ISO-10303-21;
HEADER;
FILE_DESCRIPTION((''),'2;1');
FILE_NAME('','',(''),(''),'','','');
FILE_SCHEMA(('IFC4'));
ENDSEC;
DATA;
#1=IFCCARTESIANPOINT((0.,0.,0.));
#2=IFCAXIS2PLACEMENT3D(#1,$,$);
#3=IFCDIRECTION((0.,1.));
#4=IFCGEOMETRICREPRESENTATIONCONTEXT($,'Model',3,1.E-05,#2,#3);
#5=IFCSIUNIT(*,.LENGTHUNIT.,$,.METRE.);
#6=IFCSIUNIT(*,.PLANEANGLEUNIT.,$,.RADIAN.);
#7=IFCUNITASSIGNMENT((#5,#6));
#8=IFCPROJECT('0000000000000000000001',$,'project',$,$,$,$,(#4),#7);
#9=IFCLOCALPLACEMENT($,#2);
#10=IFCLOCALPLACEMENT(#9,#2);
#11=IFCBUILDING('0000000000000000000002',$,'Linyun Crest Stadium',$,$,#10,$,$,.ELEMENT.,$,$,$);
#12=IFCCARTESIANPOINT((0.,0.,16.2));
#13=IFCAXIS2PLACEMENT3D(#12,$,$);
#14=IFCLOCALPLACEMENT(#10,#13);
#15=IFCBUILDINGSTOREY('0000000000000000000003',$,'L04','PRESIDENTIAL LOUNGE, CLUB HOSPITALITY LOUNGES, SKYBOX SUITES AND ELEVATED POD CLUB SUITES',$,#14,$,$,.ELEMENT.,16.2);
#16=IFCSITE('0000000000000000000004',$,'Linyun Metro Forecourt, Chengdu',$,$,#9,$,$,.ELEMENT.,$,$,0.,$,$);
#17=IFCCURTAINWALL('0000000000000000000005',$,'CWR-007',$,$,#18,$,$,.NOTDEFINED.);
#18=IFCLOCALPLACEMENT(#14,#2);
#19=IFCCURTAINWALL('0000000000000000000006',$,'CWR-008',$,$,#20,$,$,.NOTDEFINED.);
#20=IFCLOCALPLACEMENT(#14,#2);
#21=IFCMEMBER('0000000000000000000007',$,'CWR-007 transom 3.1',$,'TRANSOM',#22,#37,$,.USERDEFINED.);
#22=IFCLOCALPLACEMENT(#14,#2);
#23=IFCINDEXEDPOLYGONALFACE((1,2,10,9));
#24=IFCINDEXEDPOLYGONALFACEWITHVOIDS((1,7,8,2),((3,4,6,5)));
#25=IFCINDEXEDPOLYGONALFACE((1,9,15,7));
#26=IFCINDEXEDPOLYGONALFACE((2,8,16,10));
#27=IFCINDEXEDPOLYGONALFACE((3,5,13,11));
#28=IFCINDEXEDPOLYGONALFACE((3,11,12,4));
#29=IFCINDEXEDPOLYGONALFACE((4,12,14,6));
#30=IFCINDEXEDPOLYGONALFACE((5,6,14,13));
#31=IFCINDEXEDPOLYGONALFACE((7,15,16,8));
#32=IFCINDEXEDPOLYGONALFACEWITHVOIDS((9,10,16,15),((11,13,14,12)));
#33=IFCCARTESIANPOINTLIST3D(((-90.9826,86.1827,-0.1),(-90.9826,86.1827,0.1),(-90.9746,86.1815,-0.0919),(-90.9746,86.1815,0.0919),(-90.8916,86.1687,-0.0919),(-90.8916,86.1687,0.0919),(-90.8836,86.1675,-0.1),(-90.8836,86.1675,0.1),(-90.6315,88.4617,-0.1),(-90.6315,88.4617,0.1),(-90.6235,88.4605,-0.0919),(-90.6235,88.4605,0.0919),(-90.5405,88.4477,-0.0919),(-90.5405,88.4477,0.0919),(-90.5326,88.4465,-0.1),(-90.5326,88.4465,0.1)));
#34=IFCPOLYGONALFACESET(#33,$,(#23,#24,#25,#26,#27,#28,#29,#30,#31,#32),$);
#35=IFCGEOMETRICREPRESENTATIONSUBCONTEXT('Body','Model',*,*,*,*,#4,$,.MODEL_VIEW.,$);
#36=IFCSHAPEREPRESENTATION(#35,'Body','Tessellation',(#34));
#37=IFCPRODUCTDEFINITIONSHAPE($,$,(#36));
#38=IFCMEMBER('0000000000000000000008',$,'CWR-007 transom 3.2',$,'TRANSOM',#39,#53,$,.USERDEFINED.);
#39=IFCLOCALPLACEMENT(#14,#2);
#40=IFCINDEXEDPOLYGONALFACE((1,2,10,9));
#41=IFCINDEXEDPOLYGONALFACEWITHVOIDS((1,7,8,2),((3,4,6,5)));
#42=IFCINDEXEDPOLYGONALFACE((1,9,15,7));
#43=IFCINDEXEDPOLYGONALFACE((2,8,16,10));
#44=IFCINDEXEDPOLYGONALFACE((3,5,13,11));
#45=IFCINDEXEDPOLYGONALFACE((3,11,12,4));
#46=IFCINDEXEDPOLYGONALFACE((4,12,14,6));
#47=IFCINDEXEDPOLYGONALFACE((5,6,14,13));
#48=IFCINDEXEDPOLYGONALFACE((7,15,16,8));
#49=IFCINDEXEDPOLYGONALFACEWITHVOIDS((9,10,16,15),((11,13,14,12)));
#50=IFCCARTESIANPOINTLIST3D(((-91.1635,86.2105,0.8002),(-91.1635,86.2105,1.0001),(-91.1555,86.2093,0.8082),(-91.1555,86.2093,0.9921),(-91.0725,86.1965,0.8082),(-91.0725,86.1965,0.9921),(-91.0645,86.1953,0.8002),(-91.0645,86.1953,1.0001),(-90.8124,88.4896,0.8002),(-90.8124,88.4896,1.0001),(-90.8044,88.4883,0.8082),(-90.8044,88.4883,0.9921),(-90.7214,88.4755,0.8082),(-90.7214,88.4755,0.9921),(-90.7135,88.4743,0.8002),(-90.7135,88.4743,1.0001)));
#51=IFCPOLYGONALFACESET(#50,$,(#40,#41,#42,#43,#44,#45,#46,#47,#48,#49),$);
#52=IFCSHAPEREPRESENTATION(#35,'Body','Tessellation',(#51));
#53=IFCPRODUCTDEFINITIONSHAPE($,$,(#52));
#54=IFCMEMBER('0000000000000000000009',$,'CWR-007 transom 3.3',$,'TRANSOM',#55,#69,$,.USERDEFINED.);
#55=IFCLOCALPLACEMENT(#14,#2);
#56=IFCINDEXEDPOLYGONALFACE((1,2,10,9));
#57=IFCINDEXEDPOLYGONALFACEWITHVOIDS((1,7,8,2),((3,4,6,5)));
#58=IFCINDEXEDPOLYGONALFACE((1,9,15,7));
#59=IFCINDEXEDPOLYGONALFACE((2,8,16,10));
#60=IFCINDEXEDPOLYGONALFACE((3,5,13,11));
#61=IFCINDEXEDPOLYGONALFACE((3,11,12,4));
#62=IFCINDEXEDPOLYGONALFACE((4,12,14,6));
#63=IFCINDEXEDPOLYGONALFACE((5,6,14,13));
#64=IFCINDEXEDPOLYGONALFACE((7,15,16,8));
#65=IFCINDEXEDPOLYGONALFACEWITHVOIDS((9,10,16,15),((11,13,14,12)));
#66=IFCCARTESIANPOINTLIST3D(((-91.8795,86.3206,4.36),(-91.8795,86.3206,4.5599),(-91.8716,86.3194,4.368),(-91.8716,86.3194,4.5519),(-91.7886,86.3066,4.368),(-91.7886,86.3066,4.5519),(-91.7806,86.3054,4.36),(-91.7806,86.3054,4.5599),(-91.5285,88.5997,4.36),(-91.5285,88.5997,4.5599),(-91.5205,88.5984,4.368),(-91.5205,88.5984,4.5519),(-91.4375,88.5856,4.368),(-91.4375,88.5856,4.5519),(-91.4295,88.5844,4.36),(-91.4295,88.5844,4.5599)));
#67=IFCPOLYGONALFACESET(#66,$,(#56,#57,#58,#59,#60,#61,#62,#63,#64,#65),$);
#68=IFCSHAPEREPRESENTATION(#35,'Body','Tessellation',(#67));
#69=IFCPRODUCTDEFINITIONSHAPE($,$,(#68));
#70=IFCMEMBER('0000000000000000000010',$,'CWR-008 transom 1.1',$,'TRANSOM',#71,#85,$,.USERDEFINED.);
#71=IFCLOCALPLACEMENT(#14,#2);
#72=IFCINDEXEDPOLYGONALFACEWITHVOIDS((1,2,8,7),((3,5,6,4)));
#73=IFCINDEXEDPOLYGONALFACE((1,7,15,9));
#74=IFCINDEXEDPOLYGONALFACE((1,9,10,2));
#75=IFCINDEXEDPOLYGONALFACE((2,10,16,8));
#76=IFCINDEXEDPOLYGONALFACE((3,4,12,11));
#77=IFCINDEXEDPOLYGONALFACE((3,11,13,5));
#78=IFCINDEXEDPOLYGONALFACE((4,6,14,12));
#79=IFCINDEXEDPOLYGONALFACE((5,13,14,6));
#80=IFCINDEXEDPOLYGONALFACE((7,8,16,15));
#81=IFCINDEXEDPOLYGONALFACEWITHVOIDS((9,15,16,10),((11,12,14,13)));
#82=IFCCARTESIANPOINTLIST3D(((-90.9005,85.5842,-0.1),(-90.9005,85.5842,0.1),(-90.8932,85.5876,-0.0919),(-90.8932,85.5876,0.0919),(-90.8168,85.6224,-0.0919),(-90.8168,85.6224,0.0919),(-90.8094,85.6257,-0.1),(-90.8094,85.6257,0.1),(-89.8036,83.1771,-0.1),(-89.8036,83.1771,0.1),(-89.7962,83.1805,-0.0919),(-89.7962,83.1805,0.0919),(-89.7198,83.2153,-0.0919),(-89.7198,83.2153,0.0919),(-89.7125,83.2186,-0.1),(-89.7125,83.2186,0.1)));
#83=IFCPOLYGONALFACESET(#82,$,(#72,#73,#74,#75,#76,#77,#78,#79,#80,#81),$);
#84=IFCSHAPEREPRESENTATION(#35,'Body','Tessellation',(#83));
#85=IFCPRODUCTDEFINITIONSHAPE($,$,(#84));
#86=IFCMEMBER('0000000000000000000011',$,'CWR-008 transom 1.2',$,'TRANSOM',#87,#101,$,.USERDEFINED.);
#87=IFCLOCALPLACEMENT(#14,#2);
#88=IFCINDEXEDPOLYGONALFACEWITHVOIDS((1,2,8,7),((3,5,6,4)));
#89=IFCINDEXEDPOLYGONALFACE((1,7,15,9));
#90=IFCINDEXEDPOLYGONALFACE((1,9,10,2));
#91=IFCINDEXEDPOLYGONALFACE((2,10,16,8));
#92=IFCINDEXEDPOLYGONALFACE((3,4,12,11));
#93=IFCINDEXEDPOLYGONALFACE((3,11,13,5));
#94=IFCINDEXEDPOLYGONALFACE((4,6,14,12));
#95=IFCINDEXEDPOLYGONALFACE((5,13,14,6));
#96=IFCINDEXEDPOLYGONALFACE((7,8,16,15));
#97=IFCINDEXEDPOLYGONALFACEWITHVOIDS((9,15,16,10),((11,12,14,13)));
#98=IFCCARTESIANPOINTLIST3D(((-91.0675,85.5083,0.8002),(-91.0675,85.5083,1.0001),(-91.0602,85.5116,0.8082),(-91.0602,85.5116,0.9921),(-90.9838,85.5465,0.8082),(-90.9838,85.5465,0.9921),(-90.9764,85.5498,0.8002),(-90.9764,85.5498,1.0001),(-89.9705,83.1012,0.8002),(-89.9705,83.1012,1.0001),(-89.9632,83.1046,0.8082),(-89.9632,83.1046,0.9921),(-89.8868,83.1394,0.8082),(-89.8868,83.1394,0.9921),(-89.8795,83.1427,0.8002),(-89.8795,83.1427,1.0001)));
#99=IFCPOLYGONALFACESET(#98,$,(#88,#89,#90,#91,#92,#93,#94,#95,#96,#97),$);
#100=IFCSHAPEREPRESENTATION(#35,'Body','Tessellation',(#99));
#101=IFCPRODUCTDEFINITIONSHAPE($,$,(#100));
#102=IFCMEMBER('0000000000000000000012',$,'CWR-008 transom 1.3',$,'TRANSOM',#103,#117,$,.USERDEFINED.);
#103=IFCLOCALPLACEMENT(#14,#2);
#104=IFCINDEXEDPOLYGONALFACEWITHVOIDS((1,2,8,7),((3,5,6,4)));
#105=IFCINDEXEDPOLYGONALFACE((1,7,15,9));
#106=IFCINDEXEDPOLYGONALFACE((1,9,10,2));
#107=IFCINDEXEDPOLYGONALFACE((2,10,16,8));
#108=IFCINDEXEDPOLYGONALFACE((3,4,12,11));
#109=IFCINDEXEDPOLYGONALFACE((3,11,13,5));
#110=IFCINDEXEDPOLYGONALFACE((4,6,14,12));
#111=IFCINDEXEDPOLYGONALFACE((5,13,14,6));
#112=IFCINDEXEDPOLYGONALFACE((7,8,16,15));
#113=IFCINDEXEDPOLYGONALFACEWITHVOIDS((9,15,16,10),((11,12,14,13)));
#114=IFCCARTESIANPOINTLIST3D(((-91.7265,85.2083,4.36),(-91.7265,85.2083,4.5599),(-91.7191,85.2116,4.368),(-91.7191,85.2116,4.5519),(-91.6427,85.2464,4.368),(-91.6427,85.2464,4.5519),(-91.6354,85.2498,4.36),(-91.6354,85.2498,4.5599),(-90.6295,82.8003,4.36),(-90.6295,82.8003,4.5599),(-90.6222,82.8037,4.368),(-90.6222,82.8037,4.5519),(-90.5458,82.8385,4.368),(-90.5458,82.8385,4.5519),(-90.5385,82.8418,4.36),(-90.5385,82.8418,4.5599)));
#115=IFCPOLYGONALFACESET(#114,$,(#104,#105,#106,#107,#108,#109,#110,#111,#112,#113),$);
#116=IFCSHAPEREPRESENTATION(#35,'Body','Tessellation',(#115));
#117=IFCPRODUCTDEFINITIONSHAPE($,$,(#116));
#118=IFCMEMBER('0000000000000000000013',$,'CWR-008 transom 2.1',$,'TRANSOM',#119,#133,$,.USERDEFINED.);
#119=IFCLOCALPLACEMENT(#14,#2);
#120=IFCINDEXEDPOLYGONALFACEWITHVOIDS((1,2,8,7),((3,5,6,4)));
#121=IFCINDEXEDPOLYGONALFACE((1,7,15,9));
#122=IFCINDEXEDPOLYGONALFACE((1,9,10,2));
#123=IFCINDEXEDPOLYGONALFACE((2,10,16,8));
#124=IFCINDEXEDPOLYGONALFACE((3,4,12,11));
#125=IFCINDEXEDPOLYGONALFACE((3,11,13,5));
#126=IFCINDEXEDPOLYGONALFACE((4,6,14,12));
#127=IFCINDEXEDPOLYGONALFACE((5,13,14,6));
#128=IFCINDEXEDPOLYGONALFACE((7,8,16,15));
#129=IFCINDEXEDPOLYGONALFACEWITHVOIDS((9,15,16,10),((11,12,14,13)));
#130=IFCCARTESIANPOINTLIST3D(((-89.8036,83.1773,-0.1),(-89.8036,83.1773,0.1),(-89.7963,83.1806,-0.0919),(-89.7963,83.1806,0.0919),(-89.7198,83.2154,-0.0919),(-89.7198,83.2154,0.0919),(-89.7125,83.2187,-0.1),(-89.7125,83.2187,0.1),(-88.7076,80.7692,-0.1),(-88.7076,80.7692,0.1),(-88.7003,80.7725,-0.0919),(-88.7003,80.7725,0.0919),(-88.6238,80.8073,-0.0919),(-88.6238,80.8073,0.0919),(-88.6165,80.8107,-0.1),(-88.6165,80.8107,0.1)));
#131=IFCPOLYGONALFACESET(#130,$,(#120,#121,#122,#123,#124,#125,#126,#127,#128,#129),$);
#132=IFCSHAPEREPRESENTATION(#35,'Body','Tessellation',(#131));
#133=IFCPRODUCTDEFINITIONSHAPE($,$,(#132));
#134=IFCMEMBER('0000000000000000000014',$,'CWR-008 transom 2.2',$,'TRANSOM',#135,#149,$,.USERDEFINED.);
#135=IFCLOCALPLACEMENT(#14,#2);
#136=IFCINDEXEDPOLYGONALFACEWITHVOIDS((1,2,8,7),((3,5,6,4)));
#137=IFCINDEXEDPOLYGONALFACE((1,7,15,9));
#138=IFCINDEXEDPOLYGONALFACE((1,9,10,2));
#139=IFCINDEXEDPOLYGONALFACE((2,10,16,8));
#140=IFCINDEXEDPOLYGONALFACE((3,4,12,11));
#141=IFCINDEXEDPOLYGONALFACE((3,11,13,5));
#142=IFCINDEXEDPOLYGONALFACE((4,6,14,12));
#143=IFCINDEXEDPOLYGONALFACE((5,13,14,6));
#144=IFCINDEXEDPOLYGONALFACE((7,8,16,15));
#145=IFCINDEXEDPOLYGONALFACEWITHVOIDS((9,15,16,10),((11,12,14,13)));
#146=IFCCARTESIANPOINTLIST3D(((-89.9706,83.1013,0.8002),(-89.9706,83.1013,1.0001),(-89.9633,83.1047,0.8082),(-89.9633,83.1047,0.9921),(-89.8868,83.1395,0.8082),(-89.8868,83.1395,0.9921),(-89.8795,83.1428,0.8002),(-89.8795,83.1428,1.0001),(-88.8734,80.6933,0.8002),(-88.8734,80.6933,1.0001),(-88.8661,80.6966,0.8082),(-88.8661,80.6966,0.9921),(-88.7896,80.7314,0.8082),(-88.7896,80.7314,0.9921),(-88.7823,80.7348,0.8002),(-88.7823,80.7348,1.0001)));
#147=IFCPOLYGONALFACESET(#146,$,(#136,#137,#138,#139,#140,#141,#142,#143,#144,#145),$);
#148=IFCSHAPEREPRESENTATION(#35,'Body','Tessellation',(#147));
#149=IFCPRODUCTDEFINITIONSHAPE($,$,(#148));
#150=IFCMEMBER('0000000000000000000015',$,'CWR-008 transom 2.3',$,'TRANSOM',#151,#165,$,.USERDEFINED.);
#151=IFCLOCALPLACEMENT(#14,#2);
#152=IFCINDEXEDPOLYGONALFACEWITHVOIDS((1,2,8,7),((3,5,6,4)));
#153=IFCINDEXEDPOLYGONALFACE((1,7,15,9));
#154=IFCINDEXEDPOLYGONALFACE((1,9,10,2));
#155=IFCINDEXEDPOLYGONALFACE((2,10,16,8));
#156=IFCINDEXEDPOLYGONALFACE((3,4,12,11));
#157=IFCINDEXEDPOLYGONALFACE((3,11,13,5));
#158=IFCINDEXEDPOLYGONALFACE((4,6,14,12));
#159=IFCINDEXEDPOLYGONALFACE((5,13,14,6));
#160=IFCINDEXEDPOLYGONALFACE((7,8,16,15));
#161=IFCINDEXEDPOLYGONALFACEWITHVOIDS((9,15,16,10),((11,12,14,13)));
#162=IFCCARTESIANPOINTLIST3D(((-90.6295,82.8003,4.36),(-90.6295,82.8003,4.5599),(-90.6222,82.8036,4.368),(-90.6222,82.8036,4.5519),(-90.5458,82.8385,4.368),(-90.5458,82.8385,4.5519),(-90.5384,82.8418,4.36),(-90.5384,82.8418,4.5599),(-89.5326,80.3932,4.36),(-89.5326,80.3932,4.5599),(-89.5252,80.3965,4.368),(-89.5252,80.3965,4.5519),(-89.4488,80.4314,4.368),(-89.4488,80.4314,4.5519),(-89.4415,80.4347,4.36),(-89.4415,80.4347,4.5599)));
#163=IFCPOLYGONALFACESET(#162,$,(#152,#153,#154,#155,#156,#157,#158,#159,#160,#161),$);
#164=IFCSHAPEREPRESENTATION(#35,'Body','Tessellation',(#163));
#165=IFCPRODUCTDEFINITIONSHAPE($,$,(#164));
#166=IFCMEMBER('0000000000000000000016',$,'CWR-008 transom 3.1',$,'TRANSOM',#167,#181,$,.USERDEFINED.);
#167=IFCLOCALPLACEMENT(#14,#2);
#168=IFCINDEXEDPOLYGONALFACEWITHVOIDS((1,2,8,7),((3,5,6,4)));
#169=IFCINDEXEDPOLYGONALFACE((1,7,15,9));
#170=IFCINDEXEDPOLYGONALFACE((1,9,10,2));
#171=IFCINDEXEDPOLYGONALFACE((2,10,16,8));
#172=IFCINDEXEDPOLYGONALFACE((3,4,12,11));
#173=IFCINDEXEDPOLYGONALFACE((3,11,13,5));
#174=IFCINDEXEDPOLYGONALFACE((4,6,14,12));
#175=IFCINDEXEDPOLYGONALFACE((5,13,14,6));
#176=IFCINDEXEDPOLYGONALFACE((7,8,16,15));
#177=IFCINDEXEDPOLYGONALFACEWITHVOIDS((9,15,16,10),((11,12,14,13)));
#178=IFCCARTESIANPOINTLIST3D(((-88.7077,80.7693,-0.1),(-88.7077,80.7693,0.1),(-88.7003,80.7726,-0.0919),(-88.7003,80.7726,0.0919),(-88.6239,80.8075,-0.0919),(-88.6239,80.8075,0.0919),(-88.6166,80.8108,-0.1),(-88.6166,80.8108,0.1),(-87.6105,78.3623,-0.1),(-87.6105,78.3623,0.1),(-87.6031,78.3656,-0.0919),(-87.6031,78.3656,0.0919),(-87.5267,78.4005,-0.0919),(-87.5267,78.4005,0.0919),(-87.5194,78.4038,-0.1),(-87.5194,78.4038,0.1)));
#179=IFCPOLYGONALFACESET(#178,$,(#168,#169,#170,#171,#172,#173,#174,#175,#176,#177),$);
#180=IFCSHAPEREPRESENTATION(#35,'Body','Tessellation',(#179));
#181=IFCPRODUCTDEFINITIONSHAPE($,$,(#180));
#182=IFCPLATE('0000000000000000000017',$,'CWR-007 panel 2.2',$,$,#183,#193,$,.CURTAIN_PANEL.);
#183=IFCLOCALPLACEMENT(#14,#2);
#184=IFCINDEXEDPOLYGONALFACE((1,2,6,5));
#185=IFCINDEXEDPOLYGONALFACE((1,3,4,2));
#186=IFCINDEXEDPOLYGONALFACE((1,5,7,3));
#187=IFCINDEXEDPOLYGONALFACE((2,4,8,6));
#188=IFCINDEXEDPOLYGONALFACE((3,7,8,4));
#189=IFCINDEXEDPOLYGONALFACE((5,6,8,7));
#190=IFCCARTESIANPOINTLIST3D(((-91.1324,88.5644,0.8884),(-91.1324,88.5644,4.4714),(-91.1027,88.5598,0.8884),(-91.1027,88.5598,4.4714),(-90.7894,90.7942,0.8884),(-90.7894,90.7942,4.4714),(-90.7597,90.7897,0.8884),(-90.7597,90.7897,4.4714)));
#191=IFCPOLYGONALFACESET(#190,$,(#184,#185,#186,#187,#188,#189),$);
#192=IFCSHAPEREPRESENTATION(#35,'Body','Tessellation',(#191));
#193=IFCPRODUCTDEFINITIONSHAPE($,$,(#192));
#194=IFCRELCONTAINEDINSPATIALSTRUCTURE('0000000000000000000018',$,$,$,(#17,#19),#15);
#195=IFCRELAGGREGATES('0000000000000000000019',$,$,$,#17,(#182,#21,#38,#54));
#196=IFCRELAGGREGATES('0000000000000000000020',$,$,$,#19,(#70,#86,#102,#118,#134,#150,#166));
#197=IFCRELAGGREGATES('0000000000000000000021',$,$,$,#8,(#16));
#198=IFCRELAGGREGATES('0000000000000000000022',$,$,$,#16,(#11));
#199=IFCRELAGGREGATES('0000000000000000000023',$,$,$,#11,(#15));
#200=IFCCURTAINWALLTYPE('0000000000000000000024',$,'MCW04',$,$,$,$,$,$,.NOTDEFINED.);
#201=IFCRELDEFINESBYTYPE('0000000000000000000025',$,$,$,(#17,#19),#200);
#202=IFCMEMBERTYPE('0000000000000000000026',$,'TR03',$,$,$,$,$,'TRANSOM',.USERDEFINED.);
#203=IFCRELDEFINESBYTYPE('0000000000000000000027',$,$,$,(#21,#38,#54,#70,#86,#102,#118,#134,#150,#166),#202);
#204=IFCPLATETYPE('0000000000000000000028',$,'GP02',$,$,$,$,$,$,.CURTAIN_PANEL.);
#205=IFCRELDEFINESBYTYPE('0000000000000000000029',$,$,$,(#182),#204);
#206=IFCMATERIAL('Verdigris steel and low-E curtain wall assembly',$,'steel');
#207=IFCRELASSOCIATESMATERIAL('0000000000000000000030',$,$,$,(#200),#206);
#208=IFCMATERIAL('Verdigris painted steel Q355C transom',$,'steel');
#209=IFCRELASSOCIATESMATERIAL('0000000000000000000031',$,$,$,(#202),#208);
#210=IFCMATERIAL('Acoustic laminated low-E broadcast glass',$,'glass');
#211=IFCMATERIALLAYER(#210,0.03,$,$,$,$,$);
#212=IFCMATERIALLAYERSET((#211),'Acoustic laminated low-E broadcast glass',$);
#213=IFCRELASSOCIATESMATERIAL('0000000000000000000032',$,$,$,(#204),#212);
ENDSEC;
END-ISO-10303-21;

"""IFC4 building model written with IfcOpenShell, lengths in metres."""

from ifc_helpers import new_model, si_unit, direction, frame, origin, origin_2d, place, context, subcontext, project, spatial, rectangle, hollow_rectangle, extrude, material, layer, layer_set, material_profile, profile_set, type_object, element, aggregate, save


model = new_model("IFC4")

# Units and contexts
model_context = context("Model", 3, precision=1e-05, world=origin(), true_north=direction((0.0, 1.0)))
body_context = subcontext(model_context, "Body", "Model", "MODEL_VIEW")
ifc_project = project(units=[si_unit("LENGTHUNIT", "METRE"), si_unit("PLANEANGLEUNIT", "RADIAN")], contexts=[model_context])

# Site, building, storey
site_placement = place(None, origin())
site = spatial("IfcSite", under=ifc_project, at=site_placement, Name="Linyun Metro Forecourt, Chengdu", CompositionType="ELEMENT", RefElevation=0.0)
building_placement = place(site_placement, origin())
building = spatial("IfcBuilding", under=site, at=building_placement, Name="Linyun Crest Stadium", CompositionType="ELEMENT")
storey_placement = place(building_placement, frame((0.0, 0.0, 16.2)))
storey = spatial("IfcBuildingStorey", under=building, at=storey_placement, Name="L04", Description="PRESIDENTIAL LOUNGE, CLUB HOSPITALITY LOUNGES, SKYBOX SUITES AND ELEVATED POD CLUB SUITES", CompositionType="ELEMENT", Elevation=16.2)

# Curtain walls
ifc_material_1 = material(Name="Verdigris steel and low-E curtain wall assembly", Category="steel")
curtain_wall_type = type_object("IfcCurtainWallType", Name="MCW04", PredefinedType="NOTDEFINED", material=ifc_material_1)
curtain_wall_1_placement = place(storey_placement, origin())
curtain_wall_1 = element("IfcCurtainWall", 1, at=curtain_wall_1_placement, inside=storey, type_object=curtain_wall_type, Name="CWR-007", PredefinedType="NOTDEFINED")
curtain_wall_2_placement = place(storey_placement, origin())
curtain_wall_2 = element("IfcCurtainWall", 2, at=curtain_wall_2_placement, inside=storey, type_object=curtain_wall_type, Name="CWR-008", PredefinedType="NOTDEFINED")

# Members
ifc_material_2 = material(Name="Verdigris painted steel Q355C transom", Category="steel")
ifc_material_profile_1 = material_profile(ifc_material_2, hollow_rectangle(XDim=0.1001, YDim=0.2, WallThickness=0.0081, at=origin_2d()), Name="RHS 200x100x8")
ifc_profile_set_1 = profile_set([ifc_material_profile_1], Name="Verdigris painted steel Q355C transom")
member_type_1 = type_object("IfcMemberType", Name="TR03", ElementType="TRANSOM", PredefinedType="USERDEFINED", material=ifc_profile_set_1)
member_1_placement = place(storey_placement, frame((-90.582, 88.4541, 0.0), z_axis=(-0.152248, -0.988342, 0.0), x_axis=(0.988342, -0.152248, 0.0)))
member_1 = element("IfcMember", 3, at=member_1_placement, type_object=member_type_1, Name="CWR-007 transom 3.1", ObjectType="TRANSOM", PredefinedType="USERDEFINED", context=body_context, shape_type="SweptSolid", body=[
    extrude(hollow_rectangle(XDim=0.1001, YDim=0.2, WallThickness=0.0081, at=origin_2d()), origin(), (0.0, 0.0, 1.0), 2.3059),
])
member_2_placement = place(storey_placement, frame((-90.7629, 88.4819, 0.9001), z_axis=(-0.152248, -0.988342, 0.0), x_axis=(0.988342, -0.152248, 0.0)))
member_2 = element("IfcMember", 4, at=member_2_placement, type_object=member_type_1, Name="CWR-007 transom 3.2", ObjectType="TRANSOM", PredefinedType="USERDEFINED", context=body_context, shape_type="SweptSolid", body=[
    extrude(hollow_rectangle(XDim=0.1001, YDim=0.2, WallThickness=0.0081, at=origin_2d()), origin(), (0.0, 0.0, 1.0), 2.3059),
])
member_3_placement = place(storey_placement, frame((-91.479, 88.592, 4.46), z_axis=(-0.152248, -0.988342, 0.0), x_axis=(0.988342, -0.152248, 0.0)))
member_3 = element("IfcMember", 5, at=member_3_placement, type_object=member_type_1, Name="CWR-007 transom 3.3", ObjectType="TRANSOM", PredefinedType="USERDEFINED", context=body_context, shape_type="SweptSolid", body=[
    extrude(hollow_rectangle(XDim=0.1001, YDim=0.2, WallThickness=0.0081, at=origin_2d()), origin(), (0.0, 0.0, 1.0), 2.3059),
])
member_4_placement = place(storey_placement, frame((-90.855, 85.605, 0.0), z_axis=(0.414693, -0.909961, 0.0), x_axis=(0.909961, 0.414693, 0.0)))
member_4 = element("IfcMember", 6, at=member_4_placement, type_object=member_type_1, Name="CWR-008 transom 1.1", ObjectType="TRANSOM", PredefinedType="USERDEFINED", context=body_context, shape_type="SweptSolid", body=[
    extrude(hollow_rectangle(XDim=0.1001, YDim=0.2, WallThickness=0.0081, at=origin_2d()), origin(), (0.0, 0.0, 1.0), 2.6453),
])
member_5_placement = place(storey_placement, frame((-91.022, 85.5291, 0.9001), z_axis=(0.414693, -0.909961, 0.0), x_axis=(0.909961, 0.414693, 0.0)))
member_5 = element("IfcMember", 7, at=member_5_placement, type_object=member_type_1, Name="CWR-008 transom 1.2", ObjectType="TRANSOM", PredefinedType="USERDEFINED", context=body_context, shape_type="SweptSolid", body=[
    extrude(hollow_rectangle(XDim=0.1001, YDim=0.2, WallThickness=0.0081, at=origin_2d()), origin(), (0.0, 0.0, 1.0), 2.6453),
])
member_6_placement = place(storey_placement, frame((-91.6809, 85.229, 4.46), z_axis=(0.414554, -0.910025, 0.0), x_axis=(0.910025, 0.414554, 0.0)))
member_6 = element("IfcMember", 8, at=member_6_placement, type_object=member_type_1, Name="CWR-008 transom 1.3", ObjectType="TRANSOM", PredefinedType="USERDEFINED", context=body_context, shape_type="SweptSolid", body=[
    extrude(hollow_rectangle(XDim=0.1001, YDim=0.2, WallThickness=0.0081, at=origin_2d()), origin(), (0.0, 0.0, 1.0), 2.646),
])
member_7_placement = place(storey_placement, frame((-89.7581, 83.198, 0.0), z_axis=(0.414248, -0.910164, 0.0), x_axis=(0.910164, 0.414248, 0.0)))
member_7 = element("IfcMember", 9, at=member_7_placement, type_object=member_type_1, Name="CWR-008 transom 2.1", ObjectType="TRANSOM", PredefinedType="USERDEFINED", context=body_context, shape_type="SweptSolid", body=[
    extrude(hollow_rectangle(XDim=0.1001, YDim=0.2, WallThickness=0.0081, at=origin_2d()), origin(), (0.0, 0.0, 1.0), 2.6458),
])
member_8_placement = place(storey_placement, frame((-89.925, 83.1221, 0.9001), z_axis=(0.41463, -0.90999, 0.0), x_axis=(0.90999, 0.41463, 0.0)))
member_8 = element("IfcMember", 10, at=member_8_placement, type_object=member_type_1, Name="CWR-008 transom 2.2", ObjectType="TRANSOM", PredefinedType="USERDEFINED", context=body_context, shape_type="SweptSolid", body=[
    extrude(hollow_rectangle(XDim=0.1001, YDim=0.2, WallThickness=0.0081, at=origin_2d()), origin(), (0.0, 0.0, 1.0), 2.6462),
])
member_9_placement = place(storey_placement, frame((-90.584, 82.821, 4.46), z_axis=(0.414693, -0.909961, 0.0), x_axis=(0.909961, 0.414693, 0.0)))
member_9 = element("IfcMember", 11, at=member_9_placement, type_object=member_type_1, Name="CWR-008 transom 2.3", ObjectType="TRANSOM", PredefinedType="USERDEFINED", context=body_context, shape_type="SweptSolid", body=[
    extrude(hollow_rectangle(XDim=0.1001, YDim=0.2, WallThickness=0.0081, at=origin_2d()), origin(), (0.0, 0.0, 1.0), 2.6453),
])
member_10_placement = place(storey_placement, frame((-88.6621, 80.79, 0.0), z_axis=(0.414769, -0.909927, 0.0), x_axis=(0.909927, 0.414769, 0.0)))
member_10 = element("IfcMember", 12, at=member_10_placement, type_object=member_type_1, Name="CWR-008 transom 3.1", ObjectType="TRANSOM", PredefinedType="USERDEFINED", context=body_context, shape_type="SweptSolid", body=[
    extrude(hollow_rectangle(XDim=0.1001, YDim=0.2, WallThickness=0.0081, at=origin_2d()), origin(), (0.0, 0.0, 1.0), 2.6453),
])

# Plate
ifc_material_3 = material(Name="Acoustic laminated low-E broadcast glass", Category="glass")
ifc_layer_1 = layer(ifc_material_3, 0.03)
ifc_layer_set_1 = layer_set([ifc_layer_1], Name="Acoustic laminated low-E broadcast glass")
plate_type_1 = type_object("IfcPlateType", Name="GP02", PredefinedType="CURTAIN_PANEL", material=ifc_layer_set_1)
plate_1_placement = place(storey_placement, frame((-90.946, 89.677, 0.8884), z_axis=(0.0, 0.0, 1.0), x_axis=(-0.152054, -0.988372, 0.0)))
plate_1 = element("IfcPlate", 13, at=plate_1_placement, type_object=plate_type_1, Name="CWR-007 panel 2.2", PredefinedType="CURTAIN_PANEL", context=body_context, shape_type="SweptSolid", body=[
    extrude(rectangle(XDim=2.2561, YDim=0.03, at=origin_2d()), origin(), (0.0, 0.0, 1.0), 3.583),
])
aggregate(curtain_wall_1, [plate_1, member_1, member_2, member_3])
aggregate(curtain_wall_2, [member_4, member_5, member_6, member_7, member_8, member_9, member_10])

save(model, "model.ifc")
